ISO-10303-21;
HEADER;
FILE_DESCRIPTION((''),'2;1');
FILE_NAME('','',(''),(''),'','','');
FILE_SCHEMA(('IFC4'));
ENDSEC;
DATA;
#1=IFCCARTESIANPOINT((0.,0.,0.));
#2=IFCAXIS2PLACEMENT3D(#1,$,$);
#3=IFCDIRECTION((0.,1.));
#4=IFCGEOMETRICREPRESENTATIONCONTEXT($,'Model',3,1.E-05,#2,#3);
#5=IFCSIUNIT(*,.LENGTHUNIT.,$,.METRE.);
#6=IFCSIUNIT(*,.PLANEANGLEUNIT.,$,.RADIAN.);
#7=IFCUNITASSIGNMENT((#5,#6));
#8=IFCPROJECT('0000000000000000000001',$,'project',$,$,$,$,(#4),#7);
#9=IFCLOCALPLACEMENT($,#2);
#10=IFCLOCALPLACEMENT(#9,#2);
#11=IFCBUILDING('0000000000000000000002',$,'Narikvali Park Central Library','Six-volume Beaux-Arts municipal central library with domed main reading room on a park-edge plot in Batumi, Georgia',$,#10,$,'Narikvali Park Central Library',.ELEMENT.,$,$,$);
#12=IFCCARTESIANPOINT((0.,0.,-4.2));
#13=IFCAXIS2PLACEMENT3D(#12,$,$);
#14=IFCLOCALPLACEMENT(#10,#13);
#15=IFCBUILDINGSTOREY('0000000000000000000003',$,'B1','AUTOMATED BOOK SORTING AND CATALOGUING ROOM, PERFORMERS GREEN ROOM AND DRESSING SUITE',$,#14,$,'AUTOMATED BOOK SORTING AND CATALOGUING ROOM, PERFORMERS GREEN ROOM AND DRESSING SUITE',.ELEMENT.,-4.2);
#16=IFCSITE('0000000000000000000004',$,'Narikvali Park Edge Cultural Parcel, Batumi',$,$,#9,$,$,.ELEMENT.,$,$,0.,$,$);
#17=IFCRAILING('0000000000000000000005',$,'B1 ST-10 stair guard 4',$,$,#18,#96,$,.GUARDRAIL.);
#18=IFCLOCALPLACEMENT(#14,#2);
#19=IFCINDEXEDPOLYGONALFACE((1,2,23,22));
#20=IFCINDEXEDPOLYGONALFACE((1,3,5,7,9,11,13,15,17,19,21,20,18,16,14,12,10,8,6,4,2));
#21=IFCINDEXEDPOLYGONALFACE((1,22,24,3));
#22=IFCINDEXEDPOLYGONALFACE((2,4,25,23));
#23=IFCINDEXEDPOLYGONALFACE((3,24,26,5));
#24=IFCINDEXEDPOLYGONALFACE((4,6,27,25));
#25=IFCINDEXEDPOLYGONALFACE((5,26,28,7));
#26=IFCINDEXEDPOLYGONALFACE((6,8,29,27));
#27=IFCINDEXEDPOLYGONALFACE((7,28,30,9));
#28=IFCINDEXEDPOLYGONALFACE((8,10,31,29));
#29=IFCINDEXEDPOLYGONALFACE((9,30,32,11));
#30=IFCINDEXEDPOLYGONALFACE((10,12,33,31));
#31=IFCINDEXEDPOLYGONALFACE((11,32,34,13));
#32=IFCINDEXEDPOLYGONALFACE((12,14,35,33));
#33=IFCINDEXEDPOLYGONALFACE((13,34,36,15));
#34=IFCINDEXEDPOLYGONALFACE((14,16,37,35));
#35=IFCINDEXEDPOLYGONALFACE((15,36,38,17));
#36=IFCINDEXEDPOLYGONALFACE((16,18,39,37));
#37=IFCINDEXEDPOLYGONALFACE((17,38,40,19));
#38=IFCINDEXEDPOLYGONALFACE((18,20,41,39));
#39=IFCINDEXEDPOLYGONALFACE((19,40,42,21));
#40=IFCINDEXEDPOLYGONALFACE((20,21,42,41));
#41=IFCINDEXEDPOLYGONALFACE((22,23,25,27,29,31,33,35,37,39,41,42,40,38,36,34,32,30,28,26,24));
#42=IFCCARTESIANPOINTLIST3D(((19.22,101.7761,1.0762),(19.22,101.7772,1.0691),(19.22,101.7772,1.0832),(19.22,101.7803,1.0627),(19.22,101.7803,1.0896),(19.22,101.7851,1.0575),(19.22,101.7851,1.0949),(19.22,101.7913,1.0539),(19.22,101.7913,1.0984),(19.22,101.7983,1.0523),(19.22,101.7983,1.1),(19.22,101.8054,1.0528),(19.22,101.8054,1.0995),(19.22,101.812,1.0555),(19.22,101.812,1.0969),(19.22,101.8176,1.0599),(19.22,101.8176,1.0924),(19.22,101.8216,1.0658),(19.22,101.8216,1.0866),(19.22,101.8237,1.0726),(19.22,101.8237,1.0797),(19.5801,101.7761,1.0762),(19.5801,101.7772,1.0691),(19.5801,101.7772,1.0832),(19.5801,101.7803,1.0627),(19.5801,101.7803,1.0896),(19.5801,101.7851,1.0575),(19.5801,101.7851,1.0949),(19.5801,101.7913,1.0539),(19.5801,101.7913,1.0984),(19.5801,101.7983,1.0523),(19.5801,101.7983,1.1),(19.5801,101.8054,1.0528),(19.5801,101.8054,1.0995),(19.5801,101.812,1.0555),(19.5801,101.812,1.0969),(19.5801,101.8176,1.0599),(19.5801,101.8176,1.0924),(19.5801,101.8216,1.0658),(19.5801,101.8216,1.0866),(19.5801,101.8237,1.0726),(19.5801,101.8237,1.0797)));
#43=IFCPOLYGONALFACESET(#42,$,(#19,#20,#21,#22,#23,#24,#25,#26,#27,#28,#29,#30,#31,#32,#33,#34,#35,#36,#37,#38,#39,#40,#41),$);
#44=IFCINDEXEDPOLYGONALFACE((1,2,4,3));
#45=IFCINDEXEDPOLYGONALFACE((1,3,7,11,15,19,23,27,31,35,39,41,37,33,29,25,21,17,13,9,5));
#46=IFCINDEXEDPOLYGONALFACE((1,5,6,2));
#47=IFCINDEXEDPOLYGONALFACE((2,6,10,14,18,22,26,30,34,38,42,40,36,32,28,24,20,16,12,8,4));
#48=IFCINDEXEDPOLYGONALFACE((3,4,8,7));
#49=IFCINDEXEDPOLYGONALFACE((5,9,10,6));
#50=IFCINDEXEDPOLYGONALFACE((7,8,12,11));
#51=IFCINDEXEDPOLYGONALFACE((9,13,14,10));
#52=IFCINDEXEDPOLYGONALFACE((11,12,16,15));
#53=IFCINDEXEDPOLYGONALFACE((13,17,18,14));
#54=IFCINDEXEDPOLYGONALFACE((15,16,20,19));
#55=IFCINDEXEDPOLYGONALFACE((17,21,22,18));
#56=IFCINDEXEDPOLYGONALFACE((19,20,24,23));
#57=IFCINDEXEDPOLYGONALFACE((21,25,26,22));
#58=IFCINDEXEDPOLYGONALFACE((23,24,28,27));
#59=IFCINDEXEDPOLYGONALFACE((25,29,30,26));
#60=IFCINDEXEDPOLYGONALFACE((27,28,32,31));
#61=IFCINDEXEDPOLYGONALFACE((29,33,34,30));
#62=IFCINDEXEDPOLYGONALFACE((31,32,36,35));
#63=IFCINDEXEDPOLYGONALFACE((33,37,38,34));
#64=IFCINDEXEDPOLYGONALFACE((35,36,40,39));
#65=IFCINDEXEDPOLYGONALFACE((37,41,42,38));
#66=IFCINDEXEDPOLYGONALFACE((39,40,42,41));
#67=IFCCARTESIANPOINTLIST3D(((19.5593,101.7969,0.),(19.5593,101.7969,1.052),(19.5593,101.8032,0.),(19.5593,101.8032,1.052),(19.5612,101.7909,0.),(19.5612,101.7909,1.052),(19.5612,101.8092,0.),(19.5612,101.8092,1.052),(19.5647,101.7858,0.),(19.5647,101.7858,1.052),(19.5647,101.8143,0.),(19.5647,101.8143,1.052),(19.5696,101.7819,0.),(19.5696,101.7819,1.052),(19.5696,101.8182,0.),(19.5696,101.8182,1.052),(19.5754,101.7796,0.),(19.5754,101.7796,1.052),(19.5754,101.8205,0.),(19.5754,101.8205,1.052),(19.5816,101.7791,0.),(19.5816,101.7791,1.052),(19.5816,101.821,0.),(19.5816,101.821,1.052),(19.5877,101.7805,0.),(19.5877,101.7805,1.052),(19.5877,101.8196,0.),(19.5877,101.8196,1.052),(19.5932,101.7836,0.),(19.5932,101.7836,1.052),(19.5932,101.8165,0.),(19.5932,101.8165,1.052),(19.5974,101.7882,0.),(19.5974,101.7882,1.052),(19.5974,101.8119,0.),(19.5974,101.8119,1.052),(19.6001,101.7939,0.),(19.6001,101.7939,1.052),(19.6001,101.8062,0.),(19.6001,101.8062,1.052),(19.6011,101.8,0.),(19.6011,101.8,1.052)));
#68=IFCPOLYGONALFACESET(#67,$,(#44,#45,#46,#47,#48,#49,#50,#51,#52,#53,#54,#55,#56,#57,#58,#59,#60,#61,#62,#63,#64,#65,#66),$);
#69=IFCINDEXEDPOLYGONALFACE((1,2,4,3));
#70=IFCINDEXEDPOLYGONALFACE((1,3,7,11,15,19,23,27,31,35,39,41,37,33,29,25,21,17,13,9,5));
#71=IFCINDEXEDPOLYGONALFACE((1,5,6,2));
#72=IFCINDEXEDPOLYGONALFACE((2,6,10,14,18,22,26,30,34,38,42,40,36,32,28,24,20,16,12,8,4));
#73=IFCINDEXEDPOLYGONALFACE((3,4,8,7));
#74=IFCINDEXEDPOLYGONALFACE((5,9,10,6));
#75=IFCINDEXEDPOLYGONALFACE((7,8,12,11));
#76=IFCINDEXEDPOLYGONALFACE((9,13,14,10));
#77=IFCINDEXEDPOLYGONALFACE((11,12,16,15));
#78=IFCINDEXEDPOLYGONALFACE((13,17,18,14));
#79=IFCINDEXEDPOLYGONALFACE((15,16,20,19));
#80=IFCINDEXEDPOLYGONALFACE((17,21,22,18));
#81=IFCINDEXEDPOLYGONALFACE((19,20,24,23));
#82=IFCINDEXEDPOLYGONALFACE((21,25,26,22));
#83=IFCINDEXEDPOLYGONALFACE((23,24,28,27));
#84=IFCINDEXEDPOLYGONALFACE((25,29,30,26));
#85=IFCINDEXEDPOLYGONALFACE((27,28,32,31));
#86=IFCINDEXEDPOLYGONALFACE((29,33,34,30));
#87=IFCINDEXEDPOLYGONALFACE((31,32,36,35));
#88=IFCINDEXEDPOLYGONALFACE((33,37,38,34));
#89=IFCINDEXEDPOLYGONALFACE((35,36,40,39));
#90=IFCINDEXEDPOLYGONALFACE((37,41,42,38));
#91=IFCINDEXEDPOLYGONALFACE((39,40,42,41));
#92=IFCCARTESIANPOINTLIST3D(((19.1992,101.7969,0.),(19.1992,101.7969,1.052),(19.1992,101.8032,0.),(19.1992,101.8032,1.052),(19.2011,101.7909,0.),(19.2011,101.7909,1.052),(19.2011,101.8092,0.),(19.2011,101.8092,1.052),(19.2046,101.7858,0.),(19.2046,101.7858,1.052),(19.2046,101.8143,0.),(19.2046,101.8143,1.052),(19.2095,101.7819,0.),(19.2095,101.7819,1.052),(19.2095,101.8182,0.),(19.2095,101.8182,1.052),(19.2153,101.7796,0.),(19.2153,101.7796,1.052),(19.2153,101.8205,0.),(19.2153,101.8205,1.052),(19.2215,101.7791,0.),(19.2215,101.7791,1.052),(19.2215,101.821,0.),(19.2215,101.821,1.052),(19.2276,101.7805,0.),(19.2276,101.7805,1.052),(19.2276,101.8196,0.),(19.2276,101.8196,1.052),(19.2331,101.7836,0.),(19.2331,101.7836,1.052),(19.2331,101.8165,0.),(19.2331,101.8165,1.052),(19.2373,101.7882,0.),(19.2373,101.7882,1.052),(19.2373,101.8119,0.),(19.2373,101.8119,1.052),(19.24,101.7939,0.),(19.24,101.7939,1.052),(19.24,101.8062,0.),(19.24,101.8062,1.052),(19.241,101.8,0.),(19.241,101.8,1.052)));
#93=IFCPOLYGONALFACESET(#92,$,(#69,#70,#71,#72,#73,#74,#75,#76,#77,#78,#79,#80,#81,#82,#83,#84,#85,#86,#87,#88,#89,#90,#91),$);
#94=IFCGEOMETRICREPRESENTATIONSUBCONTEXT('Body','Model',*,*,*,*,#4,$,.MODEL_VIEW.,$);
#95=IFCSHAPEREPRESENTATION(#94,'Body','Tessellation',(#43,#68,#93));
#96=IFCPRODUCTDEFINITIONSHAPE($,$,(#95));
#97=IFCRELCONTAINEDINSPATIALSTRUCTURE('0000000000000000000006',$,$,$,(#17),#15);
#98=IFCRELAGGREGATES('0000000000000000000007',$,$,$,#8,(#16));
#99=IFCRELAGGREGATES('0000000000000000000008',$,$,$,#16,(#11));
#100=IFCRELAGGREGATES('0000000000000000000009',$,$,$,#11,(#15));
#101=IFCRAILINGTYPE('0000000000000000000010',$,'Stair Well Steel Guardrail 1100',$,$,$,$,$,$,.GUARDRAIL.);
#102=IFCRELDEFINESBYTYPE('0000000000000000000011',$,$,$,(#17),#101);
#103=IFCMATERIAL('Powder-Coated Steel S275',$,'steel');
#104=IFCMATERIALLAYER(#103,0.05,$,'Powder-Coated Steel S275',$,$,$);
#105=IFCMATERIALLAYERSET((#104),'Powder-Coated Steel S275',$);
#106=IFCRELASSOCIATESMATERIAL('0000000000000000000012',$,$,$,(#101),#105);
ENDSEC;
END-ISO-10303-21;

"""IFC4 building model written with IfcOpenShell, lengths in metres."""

from ifc_helpers import new_model, si_unit, direction, frame, origin, origin_2d, place, context, subcontext, project, spatial, circle, extrude, material, layer, layer_set, type_object, element, save


model = new_model("IFC4")

# Units and contexts
model_context = context("Model", 3, precision=1e-05, world=origin(), true_north=direction((0.0, 1.0)))
body_context = subcontext(model_context, "Body", "Model", "MODEL_VIEW")
ifc_project = project(units=[si_unit("LENGTHUNIT", "METRE"), si_unit("PLANEANGLEUNIT", "RADIAN")], contexts=[model_context])

# Site, building, storey
site_placement = place(None, origin())
site = spatial("IfcSite", under=ifc_project, at=site_placement, Name="Narikvali Park Edge Cultural Parcel, Batumi", CompositionType="ELEMENT", RefElevation=0.0)
building_placement = place(site_placement, origin())
building = spatial("IfcBuilding", under=site, at=building_placement, Name="Narikvali Park Central Library", Description="Six-volume Beaux-Arts municipal central library with domed main reading room on a park-edge plot in Batumi, Georgia", LongName="Narikvali Park Central Library", CompositionType="ELEMENT")
storey_placement = place(building_placement, frame((0.0, 0.0, -4.2)))
storey = spatial("IfcBuildingStorey", under=building, at=storey_placement, Name="B1", Description="AUTOMATED BOOK SORTING AND CATALOGUING ROOM, PERFORMERS GREEN ROOM AND DRESSING SUITE", LongName="AUTOMATED BOOK SORTING AND CATALOGUING ROOM, PERFORMERS GREEN ROOM AND DRESSING SUITE", CompositionType="ELEMENT", Elevation=-4.2)

# Railing
ifc_material_1 = material(Name="Powder-Coated Steel S275", Category="steel")
ifc_layer_1 = layer(ifc_material_1, 0.05, Name="Powder-Coated Steel S275")
ifc_layer_set_1 = layer_set([ifc_layer_1], Name="Powder-Coated Steel S275")
railing_type_1 = type_object("IfcRailingType", Name="Stair Well Steel Guardrail 1100", PredefinedType="GUARDRAIL", material=ifc_layer_set_1)
railing_1_placement = place(storey_placement, frame((19.5801, 101.8, 0.0)))
element("IfcRailing", 1, at=railing_1_placement, inside=storey, type_object=railing_type_1, Name="B1 ST-10 stair guard 4", PredefinedType="GUARDRAIL", context=body_context, shape_type="SweptSolid", body=[
    extrude(circle(Radius=0.0239, at=origin_2d()), frame((0.0, 0.0, 1.0762), z_axis=(-1.0, 0.0, 0.0), x_axis=(0.0, -1.0, 0.0)), (0.0, 0.0, 1.0), 0.3601),
    extrude(circle(Radius=0.021, at=origin_2d()), origin(), (0.0, 0.0, 1.0), 1.052),
    extrude(circle(Radius=0.021, at=origin_2d()), frame((-0.3601, 0.0, 0.0)), (0.0, 0.0, 1.0), 1.052),
])

save(model, "model.ifc")
